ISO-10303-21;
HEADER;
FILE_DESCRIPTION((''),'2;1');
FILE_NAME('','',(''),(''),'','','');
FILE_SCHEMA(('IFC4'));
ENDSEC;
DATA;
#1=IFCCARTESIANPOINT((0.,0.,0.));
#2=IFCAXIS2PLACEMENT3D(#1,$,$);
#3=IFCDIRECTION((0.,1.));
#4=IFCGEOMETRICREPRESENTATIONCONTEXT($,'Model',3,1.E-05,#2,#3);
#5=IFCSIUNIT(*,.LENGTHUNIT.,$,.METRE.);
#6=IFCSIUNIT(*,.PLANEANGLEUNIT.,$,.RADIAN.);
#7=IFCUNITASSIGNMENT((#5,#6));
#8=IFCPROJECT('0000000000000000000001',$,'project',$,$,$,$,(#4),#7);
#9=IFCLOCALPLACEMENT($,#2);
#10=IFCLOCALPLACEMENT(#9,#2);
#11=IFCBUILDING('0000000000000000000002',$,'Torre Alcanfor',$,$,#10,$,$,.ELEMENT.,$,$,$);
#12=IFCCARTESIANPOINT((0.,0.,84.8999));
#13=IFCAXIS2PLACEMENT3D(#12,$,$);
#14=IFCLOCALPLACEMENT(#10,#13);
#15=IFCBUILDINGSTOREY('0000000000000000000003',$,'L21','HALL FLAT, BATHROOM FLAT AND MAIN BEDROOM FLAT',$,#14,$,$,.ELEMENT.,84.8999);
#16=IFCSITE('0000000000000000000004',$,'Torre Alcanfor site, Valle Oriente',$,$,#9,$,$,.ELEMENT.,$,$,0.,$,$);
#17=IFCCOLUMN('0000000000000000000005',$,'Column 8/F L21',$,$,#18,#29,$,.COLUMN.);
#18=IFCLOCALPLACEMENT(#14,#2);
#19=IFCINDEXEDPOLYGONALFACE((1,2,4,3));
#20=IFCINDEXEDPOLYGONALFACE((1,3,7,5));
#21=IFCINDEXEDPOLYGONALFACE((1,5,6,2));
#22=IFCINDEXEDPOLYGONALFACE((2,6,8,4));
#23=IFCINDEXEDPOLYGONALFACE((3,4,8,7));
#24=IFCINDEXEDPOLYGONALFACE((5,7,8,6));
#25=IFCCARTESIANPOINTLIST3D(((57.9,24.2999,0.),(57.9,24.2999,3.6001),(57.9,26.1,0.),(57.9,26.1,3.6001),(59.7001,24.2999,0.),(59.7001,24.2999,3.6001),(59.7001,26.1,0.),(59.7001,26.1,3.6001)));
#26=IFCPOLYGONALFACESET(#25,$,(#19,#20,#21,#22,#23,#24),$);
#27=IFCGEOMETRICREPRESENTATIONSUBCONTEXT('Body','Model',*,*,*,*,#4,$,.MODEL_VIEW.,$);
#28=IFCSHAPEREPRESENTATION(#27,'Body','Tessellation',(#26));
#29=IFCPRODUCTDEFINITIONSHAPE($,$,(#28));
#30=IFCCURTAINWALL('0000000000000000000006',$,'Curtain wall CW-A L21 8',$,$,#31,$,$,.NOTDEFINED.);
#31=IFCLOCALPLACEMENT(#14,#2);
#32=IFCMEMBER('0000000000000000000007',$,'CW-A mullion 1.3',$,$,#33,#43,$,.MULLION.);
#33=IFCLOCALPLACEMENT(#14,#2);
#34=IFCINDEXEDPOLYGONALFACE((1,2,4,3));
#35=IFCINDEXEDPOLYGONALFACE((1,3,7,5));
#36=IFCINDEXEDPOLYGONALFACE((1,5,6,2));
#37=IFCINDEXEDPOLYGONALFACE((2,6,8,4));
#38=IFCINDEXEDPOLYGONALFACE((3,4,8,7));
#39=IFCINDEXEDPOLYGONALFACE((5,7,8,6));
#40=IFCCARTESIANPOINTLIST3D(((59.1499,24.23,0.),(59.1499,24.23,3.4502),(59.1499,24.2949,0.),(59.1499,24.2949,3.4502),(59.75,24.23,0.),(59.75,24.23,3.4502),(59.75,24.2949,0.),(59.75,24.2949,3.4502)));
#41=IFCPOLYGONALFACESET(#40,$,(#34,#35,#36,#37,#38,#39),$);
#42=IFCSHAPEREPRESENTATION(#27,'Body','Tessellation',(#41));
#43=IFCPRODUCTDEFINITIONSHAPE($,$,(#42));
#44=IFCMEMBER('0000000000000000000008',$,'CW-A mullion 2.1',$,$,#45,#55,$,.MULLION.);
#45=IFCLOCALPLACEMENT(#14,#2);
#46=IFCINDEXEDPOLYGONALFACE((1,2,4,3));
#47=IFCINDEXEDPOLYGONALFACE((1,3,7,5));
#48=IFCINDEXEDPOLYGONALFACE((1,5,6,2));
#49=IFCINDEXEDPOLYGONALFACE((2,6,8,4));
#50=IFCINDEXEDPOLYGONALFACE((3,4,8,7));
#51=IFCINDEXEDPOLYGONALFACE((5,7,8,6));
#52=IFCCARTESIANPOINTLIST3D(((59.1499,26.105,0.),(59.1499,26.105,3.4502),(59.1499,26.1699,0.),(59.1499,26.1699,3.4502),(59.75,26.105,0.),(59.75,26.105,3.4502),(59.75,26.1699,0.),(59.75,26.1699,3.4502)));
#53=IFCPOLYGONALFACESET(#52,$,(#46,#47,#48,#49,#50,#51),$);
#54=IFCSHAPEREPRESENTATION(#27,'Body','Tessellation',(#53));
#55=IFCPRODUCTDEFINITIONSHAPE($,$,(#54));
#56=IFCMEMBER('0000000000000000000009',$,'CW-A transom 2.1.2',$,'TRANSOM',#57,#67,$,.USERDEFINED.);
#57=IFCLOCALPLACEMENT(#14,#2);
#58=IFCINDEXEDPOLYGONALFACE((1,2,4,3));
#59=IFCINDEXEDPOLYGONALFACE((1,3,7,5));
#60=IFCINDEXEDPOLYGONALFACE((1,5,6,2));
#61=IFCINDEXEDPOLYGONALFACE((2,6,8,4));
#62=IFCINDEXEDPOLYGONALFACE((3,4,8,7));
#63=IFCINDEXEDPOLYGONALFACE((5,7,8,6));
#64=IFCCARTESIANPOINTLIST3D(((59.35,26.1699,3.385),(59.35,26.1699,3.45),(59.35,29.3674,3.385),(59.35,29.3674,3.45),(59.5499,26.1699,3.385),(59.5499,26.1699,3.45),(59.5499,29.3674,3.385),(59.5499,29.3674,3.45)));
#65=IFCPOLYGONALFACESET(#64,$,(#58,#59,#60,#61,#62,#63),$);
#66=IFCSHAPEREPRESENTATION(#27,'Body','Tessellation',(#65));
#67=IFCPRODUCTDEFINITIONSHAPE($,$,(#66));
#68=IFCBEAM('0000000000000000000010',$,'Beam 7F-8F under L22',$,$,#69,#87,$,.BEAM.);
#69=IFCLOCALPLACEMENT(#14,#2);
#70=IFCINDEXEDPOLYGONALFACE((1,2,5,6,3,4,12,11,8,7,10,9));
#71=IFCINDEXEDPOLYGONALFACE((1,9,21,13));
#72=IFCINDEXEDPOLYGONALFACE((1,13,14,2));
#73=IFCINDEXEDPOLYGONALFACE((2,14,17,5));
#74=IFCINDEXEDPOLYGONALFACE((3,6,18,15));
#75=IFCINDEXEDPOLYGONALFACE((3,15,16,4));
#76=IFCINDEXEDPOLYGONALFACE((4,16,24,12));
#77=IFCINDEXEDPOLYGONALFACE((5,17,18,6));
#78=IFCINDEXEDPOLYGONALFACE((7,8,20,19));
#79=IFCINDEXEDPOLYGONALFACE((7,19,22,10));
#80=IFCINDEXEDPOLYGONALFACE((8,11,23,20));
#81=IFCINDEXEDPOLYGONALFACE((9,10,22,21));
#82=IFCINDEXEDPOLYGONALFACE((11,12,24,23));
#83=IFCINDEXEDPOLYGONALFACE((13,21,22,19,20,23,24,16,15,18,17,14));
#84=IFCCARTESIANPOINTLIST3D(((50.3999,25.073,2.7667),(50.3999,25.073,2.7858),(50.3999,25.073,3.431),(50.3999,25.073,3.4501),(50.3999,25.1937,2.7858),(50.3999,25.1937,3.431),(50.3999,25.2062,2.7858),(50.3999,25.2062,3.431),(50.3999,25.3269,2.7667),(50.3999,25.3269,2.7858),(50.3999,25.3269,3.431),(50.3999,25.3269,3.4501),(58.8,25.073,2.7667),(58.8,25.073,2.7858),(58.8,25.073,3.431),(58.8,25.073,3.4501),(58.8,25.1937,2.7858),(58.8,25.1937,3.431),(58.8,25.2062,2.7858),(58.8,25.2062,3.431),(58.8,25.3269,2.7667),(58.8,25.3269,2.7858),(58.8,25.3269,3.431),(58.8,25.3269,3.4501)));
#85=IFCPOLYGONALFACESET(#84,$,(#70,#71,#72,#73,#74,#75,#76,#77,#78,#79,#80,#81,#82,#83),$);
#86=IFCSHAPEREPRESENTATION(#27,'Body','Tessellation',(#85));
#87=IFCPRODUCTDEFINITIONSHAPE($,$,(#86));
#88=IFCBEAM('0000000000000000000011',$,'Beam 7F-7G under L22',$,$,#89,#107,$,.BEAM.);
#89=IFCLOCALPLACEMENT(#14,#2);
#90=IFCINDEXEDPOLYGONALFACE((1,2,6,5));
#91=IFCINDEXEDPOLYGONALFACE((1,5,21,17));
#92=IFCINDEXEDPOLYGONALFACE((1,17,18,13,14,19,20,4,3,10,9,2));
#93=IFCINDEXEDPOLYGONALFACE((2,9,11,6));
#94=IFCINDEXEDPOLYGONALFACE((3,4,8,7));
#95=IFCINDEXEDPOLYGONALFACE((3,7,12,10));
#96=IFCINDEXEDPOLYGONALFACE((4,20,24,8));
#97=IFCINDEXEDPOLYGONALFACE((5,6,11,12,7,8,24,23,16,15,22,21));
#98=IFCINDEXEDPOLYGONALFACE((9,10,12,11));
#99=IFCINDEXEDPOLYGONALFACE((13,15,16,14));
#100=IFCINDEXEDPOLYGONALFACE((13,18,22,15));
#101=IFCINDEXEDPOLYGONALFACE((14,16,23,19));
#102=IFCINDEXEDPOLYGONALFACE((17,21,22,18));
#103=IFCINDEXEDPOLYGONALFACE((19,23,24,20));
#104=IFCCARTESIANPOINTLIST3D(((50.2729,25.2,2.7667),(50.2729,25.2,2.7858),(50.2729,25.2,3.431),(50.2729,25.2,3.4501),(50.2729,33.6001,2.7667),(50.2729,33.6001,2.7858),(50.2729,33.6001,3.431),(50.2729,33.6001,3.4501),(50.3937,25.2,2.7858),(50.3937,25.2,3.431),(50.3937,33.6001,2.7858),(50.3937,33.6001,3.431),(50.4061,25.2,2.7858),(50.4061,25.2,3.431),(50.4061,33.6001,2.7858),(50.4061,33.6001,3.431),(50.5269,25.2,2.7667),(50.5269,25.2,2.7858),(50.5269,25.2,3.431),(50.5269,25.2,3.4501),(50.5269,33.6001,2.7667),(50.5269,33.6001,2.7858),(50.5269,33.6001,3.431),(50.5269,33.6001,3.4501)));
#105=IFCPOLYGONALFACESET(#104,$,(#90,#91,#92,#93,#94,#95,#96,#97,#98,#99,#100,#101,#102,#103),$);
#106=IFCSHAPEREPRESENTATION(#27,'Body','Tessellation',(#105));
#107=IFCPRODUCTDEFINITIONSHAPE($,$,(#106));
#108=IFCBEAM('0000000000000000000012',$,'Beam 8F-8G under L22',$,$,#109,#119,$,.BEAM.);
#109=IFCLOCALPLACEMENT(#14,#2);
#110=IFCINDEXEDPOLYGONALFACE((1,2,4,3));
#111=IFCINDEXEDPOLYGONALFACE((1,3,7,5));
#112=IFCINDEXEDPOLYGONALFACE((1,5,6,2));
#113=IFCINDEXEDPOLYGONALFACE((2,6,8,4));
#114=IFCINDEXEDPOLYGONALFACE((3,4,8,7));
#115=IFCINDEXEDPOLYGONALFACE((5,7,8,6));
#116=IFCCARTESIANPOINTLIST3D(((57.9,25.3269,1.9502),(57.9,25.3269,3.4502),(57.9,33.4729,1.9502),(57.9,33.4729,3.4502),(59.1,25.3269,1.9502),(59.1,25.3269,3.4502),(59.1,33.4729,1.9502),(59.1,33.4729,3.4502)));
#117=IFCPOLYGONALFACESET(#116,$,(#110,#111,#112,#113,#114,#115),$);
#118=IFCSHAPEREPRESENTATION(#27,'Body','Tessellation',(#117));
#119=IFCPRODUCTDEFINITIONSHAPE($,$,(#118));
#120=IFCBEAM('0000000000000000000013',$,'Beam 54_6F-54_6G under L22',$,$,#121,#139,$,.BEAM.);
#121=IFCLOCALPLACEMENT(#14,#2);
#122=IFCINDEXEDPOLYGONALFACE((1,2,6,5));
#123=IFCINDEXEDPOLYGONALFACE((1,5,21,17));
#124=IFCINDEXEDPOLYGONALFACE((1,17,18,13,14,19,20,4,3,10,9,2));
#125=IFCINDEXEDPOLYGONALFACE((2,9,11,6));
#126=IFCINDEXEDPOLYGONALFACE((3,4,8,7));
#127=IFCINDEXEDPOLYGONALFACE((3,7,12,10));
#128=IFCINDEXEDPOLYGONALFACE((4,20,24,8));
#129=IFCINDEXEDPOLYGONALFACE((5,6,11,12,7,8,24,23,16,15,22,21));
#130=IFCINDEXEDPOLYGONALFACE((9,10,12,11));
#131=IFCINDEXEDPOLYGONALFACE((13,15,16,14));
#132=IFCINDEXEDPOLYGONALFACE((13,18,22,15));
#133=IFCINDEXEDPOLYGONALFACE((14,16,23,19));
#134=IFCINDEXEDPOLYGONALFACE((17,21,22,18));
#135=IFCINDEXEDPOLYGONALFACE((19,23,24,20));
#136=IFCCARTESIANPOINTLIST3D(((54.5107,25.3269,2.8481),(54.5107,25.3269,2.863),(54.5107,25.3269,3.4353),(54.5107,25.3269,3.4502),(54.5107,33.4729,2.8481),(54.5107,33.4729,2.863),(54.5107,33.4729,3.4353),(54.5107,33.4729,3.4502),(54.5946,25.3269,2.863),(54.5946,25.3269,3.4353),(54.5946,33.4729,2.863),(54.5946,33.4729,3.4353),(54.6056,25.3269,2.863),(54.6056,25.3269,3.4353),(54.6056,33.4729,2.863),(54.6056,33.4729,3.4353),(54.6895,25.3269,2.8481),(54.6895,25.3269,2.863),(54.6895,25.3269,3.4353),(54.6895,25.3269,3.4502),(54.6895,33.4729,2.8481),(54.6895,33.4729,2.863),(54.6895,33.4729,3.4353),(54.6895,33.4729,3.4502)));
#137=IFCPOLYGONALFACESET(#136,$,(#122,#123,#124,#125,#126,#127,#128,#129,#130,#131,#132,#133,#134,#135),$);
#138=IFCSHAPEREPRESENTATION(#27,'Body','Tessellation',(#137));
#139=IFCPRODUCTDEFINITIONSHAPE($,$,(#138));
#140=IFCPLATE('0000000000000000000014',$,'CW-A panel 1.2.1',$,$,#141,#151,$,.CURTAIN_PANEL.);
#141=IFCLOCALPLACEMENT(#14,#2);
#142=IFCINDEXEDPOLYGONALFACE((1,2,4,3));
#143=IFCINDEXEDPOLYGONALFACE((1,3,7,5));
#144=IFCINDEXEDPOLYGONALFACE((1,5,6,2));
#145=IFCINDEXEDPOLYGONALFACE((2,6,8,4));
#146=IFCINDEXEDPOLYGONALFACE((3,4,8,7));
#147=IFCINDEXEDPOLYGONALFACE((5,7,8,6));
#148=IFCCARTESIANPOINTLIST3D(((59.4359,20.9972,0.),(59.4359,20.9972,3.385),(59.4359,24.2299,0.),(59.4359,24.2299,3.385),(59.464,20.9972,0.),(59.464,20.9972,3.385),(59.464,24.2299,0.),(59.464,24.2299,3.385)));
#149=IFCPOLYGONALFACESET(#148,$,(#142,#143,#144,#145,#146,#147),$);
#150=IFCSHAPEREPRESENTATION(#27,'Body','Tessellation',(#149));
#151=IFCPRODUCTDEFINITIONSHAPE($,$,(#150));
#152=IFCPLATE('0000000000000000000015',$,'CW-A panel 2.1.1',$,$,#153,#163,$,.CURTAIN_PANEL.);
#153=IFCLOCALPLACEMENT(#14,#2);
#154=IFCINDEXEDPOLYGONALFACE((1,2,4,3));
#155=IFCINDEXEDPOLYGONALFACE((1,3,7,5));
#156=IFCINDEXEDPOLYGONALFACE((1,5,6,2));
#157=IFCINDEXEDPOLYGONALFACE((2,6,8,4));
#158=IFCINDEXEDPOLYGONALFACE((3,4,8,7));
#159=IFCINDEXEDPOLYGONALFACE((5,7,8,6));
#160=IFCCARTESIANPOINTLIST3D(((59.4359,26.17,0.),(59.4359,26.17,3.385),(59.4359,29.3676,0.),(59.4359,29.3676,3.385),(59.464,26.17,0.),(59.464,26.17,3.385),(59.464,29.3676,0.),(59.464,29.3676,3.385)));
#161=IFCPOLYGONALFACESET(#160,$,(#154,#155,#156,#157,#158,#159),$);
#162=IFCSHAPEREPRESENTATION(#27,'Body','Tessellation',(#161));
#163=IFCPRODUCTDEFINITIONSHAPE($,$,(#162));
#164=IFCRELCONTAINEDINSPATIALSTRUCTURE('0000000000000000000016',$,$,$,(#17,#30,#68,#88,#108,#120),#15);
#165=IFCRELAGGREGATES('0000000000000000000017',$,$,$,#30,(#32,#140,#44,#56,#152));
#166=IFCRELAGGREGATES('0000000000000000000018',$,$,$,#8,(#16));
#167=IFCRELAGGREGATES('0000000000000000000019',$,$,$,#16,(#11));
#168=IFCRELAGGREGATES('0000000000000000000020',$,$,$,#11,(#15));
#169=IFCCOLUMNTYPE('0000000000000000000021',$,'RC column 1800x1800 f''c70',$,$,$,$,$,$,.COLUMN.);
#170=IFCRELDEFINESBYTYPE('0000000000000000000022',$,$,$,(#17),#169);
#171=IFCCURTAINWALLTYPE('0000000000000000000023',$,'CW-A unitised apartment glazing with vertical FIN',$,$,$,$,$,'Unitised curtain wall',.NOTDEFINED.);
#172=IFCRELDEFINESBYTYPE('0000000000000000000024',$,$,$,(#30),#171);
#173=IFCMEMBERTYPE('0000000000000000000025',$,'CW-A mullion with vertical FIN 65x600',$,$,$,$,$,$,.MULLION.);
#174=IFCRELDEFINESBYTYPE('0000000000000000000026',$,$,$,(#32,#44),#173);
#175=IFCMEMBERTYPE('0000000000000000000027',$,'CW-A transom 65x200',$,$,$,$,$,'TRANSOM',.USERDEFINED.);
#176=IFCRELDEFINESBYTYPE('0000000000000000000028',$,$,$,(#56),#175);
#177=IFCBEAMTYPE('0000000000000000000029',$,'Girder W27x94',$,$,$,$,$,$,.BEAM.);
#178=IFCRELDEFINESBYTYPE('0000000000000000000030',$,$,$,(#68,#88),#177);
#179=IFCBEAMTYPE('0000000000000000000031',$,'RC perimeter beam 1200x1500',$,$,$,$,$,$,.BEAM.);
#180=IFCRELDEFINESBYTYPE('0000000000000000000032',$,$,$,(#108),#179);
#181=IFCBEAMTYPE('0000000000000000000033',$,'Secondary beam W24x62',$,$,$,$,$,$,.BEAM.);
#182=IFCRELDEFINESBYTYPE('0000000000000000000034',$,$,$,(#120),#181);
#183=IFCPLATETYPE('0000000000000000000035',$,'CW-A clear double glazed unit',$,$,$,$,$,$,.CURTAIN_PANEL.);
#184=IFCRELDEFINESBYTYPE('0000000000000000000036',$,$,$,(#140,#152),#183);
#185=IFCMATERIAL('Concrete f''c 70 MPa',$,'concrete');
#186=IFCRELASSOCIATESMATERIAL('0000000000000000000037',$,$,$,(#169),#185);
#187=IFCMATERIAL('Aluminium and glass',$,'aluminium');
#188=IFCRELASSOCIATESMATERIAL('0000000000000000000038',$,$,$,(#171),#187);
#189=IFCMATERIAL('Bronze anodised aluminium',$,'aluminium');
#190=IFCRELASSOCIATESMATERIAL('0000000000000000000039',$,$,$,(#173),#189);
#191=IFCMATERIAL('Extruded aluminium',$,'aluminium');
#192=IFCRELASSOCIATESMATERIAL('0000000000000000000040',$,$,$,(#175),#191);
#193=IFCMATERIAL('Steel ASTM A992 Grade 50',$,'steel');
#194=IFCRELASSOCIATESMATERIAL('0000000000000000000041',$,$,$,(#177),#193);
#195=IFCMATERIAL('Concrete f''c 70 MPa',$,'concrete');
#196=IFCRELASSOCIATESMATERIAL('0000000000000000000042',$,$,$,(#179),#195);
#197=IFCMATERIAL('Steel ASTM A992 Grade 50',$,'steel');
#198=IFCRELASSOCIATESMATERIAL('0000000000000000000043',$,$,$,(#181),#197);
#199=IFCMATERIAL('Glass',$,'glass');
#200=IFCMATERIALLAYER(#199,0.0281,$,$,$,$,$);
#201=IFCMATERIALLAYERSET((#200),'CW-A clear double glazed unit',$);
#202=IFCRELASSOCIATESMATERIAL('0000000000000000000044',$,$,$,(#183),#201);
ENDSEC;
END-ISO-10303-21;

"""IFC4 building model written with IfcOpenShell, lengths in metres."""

from ifc_helpers import new_model, si_unit, direction, frame, origin, origin_2d, place, context, subcontext, project, spatial, rectangle, i_section, extrude, material, layer, layer_set, material_profile, profile_set, type_object, element, aggregate, save


model = new_model("IFC4")

# Units and contexts
model_context = context("Model", 3, precision=1e-05, world=origin(), true_north=direction((0.0, 1.0)))
body_context = subcontext(model_context, "Body", "Model", "MODEL_VIEW")
ifc_project = project(units=[si_unit("LENGTHUNIT", "METRE"), si_unit("PLANEANGLEUNIT", "RADIAN")], contexts=[model_context])

# Site, building, storey
site_placement = place(None, origin())
site = spatial("IfcSite", under=ifc_project, at=site_placement, Name="Torre Alcanfor site, Valle Oriente", CompositionType="ELEMENT", RefElevation=0.0)
building_placement = place(site_placement, origin())
building = spatial("IfcBuilding", under=site, at=building_placement, Name="Torre Alcanfor", CompositionType="ELEMENT")
storey_placement = place(building_placement, frame((0.0, 0.0, 84.8999)))
storey = spatial("IfcBuildingStorey", under=building, at=storey_placement, Name="L21", Description="HALL FLAT, BATHROOM FLAT AND MAIN BEDROOM FLAT", CompositionType="ELEMENT", Elevation=84.8999)

# Column
ifc_material_1 = material(Name="Concrete f'c 70 MPa", Category="concrete")
ifc_material_profile_1 = material_profile(ifc_material_1, rectangle(XDim=1.8, YDim=1.8, at=origin_2d()), Name="1800x1800")
ifc_profile_set_1 = profile_set([ifc_material_profile_1], Name="Concrete f'c 70 MPa")
column_type = type_object("IfcColumnType", Name="RC column 1800x1800 f'c70", PredefinedType="COLUMN", material=ifc_profile_set_1)
column_placement = place(storey_placement, frame((58.8, 25.2, 0.0), z_axis=(0.0, 0.0, 1.0), x_axis=(1.0, 0.0, 0.0)))
element("IfcColumn", 1, at=column_placement, inside=storey, type_object=column_type, Name="Column 8/F L21", PredefinedType="COLUMN", context=body_context, shape_type="SweptSolid", body=[
    extrude(rectangle(XDim=1.8, YDim=1.8, at=origin_2d()), origin(), (0.0, 0.0, 1.0), 3.6001),
])

# Curtain wall, members
ifc_material_2 = material(Name="Aluminium and glass", Category="aluminium")
curtain_wall_type = type_object("IfcCurtainWallType", Name="CW-A unitised apartment glazing with vertical FIN", ElementType="Unitised curtain wall", PredefinedType="NOTDEFINED", material=ifc_material_2)
curtain_wall_placement = place(storey_placement, origin())
curtain_wall = element("IfcCurtainWall", 2, at=curtain_wall_placement, inside=storey, type_object=curtain_wall_type, Name="Curtain wall CW-A L21 8", PredefinedType="NOTDEFINED")
ifc_material_3 = material(Name="Bronze anodised aluminium", Category="aluminium")
ifc_material_profile_2 = material_profile(ifc_material_3, rectangle(XDim=0.6001, YDim=0.0649, at=origin_2d()), Name="CW-A mullion 65x600")
ifc_profile_set_2 = profile_set([ifc_material_profile_2], Name="Bronze anodised aluminium")
member_type_1 = type_object("IfcMemberType", Name="CW-A mullion with vertical FIN 65x600", PredefinedType="MULLION", material=ifc_profile_set_2)
member_1_placement = place(storey_placement, frame((59.45, 24.2625, 0.0), z_axis=(0.0, 0.0, 1.0), x_axis=(-1.0, 0.0, 0.0)))
member_1 = element("IfcMember", 3, at=member_1_placement, type_object=member_type_1, Name="CW-A mullion 1.3", PredefinedType="MULLION", context=body_context, shape_type="SweptSolid", body=[
    extrude(rectangle(XDim=0.6001, YDim=0.0649, at=origin_2d()), origin(), (0.0, 0.0, 1.0), 3.4502),
])
member_2_placement = place(storey_placement, frame((59.45, 26.1375, 0.0), z_axis=(0.0, 0.0, 1.0), x_axis=(-1.0, 0.0, 0.0)))
member_2 = element("IfcMember", 4, at=member_2_placement, type_object=member_type_1, Name="CW-A mullion 2.1", PredefinedType="MULLION", context=body_context, shape_type="SweptSolid", body=[
    extrude(rectangle(XDim=0.6001, YDim=0.0649, at=origin_2d()), origin(), (0.0, 0.0, 1.0), 3.4502),
])
ifc_material_4 = material(Name="Extruded aluminium", Category="aluminium")
ifc_material_profile_3 = material_profile(ifc_material_4, rectangle(XDim=0.2, YDim=0.0649, at=origin_2d()), Name="CW-A transom 200x65")
ifc_profile_set_3 = profile_set([ifc_material_profile_3], Name="Extruded aluminium")
member_type_2 = type_object("IfcMemberType", Name="CW-A transom 65x200", ElementType="TRANSOM", PredefinedType="USERDEFINED", material=ifc_profile_set_3)
member_3_placement = place(storey_placement, frame((59.45, 26.1699, 3.4175), z_axis=(0.0, 1.0, 0.0), x_axis=(-1.0, 0.0, 0.0)))
member_3 = element("IfcMember", 5, at=member_3_placement, type_object=member_type_2, Name="CW-A transom 2.1.2", ObjectType="TRANSOM", PredefinedType="USERDEFINED", context=body_context, shape_type="SweptSolid", body=[
    extrude(rectangle(XDim=0.2, YDim=0.0649, at=origin_2d()), origin(), (0.0, 0.0, 1.0), 3.1975),
])

# Beams
ifc_material_5 = material(Name="Steel ASTM A992 Grade 50", Category="steel")
ifc_material_profile_4 = material_profile(ifc_material_5, i_section(OverallWidth=0.2539, OverallDepth=0.6833, WebThickness=0.0125, FlangeThickness=0.019, at=origin_2d()), Name="W27x94")
ifc_profile_set_4 = profile_set([ifc_material_profile_4], Name="Steel ASTM A992 Grade 50")
beam_type_1 = type_object("IfcBeamType", Name="Girder W27x94", PredefinedType="BEAM", material=ifc_profile_set_4)
for number, where, z_axis, x_axis, name in (
    (6, (50.3999, 25.2, 3.1084), (1.0, 0.0, 0.0), (0.0, 1.0, 0.0), "Beam 7F-8F under L22"),
    (7, (50.3999, 25.2, 3.1084), (0.0, 1.0, 0.0), (-1.0, 0.0, 0.0), "Beam 7F-7G under L22"),
):
    element("IfcBeam", number, at=place(storey_placement, frame(where, z_axis=z_axis, x_axis=x_axis)), inside=storey, type_object=beam_type_1, Name=name, PredefinedType="BEAM", context=body_context, shape_type="SweptSolid", body=[
        extrude(i_section(OverallWidth=0.2539, OverallDepth=0.6833, WebThickness=0.0125, FlangeThickness=0.019, at=origin_2d()), origin(), (0.0, 0.0, 1.0), 8.4001),
    ])
ifc_material_6 = material(Name="Concrete f'c 70 MPa", Category="concrete")
ifc_material_profile_5 = material_profile(ifc_material_6, rectangle(XDim=1.2, YDim=1.5, at=origin_2d()), Name="1200x1500")
ifc_profile_set_5 = profile_set([ifc_material_profile_5], Name="Concrete f'c 70 MPa")
beam_type_2 = type_object("IfcBeamType", Name="RC perimeter beam 1200x1500", PredefinedType="BEAM", material=ifc_profile_set_5)
beam_1_placement = place(storey_placement, frame((58.5, 25.3269, 2.7002), z_axis=(0.0, 1.0, 0.0), x_axis=(-1.0, 0.0, 0.0)))
element("IfcBeam", 8, at=beam_1_placement, inside=storey, type_object=beam_type_2, Name="Beam 8F-8G under L22", PredefinedType="BEAM", context=body_context, shape_type="SweptSolid", body=[
    extrude(rectangle(XDim=1.2, YDim=1.5, at=origin_2d()), origin(), (0.0, 0.0, 1.0), 8.146),
])
ifc_material_7 = material(Name="Steel ASTM A992 Grade 50", Category="steel")
ifc_material_profile_6 = material_profile(ifc_material_7, i_section(OverallWidth=0.1787, OverallDepth=0.6021, WebThickness=0.011, FlangeThickness=0.0149, at=origin_2d()), Name="W24x62")
ifc_profile_set_6 = profile_set([ifc_material_profile_6], Name="Steel ASTM A992 Grade 50")
beam_type_3 = type_object("IfcBeamType", Name="Secondary beam W24x62", PredefinedType="BEAM", material=ifc_profile_set_6)
beam_2_placement = place(storey_placement, frame((54.6001, 25.3269, 3.1492), z_axis=(0.0, 1.0, 0.0), x_axis=(-1.0, 0.0, 0.0)))
element("IfcBeam", 9, at=beam_2_placement, inside=storey, type_object=beam_type_3, Name="Beam 54_6F-54_6G under L22", PredefinedType="BEAM", context=body_context, shape_type="SweptSolid", body=[
    extrude(i_section(OverallWidth=0.1787, OverallDepth=0.6021, WebThickness=0.011, FlangeThickness=0.0149, at=origin_2d()), origin(), (0.0, 0.0, 1.0), 8.146),
])

# Plates
ifc_material_8 = material(Name="Glass", Category="glass")
ifc_layer_1 = layer(ifc_material_8, 0.0281)
ifc_layer_set_1 = layer_set([ifc_layer_1], Name="CW-A clear double glazed unit")
plate_type = type_object("IfcPlateType", Name="CW-A clear double glazed unit", PredefinedType="CURTAIN_PANEL", material=ifc_layer_set_1)
plate_1_placement = place(storey_placement, frame((59.45, 22.6135, 0.0), z_axis=(0.0, 0.0, 1.0), x_axis=(0.0, 1.0, 0.0)))
plate_1 = element("IfcPlate", 10, at=plate_1_placement, type_object=plate_type, Name="CW-A panel 1.2.1", PredefinedType="CURTAIN_PANEL", context=body_context, shape_type="SweptSolid", body=[
    extrude(rectangle(XDim=3.2327, YDim=0.0281, at=origin_2d()), origin(), (0.0, 0.0, 1.0), 3.385),
])
plate_2_placement = place(storey_placement, frame((59.45, 27.7688, 0.0), z_axis=(0.0, 0.0, 1.0), x_axis=(0.0, 1.0, 0.0)))
plate_2 = element("IfcPlate", 11, at=plate_2_placement, type_object=plate_type, Name="CW-A panel 2.1.1", PredefinedType="CURTAIN_PANEL", context=body_context, shape_type="SweptSolid", body=[
    extrude(rectangle(XDim=3.1975, YDim=0.0281, at=origin_2d()), origin(), (0.0, 0.0, 1.0), 3.385),
])
aggregate(curtain_wall, [member_1, plate_1, member_2, member_3, plate_2])

save(model, "model.ifc")
